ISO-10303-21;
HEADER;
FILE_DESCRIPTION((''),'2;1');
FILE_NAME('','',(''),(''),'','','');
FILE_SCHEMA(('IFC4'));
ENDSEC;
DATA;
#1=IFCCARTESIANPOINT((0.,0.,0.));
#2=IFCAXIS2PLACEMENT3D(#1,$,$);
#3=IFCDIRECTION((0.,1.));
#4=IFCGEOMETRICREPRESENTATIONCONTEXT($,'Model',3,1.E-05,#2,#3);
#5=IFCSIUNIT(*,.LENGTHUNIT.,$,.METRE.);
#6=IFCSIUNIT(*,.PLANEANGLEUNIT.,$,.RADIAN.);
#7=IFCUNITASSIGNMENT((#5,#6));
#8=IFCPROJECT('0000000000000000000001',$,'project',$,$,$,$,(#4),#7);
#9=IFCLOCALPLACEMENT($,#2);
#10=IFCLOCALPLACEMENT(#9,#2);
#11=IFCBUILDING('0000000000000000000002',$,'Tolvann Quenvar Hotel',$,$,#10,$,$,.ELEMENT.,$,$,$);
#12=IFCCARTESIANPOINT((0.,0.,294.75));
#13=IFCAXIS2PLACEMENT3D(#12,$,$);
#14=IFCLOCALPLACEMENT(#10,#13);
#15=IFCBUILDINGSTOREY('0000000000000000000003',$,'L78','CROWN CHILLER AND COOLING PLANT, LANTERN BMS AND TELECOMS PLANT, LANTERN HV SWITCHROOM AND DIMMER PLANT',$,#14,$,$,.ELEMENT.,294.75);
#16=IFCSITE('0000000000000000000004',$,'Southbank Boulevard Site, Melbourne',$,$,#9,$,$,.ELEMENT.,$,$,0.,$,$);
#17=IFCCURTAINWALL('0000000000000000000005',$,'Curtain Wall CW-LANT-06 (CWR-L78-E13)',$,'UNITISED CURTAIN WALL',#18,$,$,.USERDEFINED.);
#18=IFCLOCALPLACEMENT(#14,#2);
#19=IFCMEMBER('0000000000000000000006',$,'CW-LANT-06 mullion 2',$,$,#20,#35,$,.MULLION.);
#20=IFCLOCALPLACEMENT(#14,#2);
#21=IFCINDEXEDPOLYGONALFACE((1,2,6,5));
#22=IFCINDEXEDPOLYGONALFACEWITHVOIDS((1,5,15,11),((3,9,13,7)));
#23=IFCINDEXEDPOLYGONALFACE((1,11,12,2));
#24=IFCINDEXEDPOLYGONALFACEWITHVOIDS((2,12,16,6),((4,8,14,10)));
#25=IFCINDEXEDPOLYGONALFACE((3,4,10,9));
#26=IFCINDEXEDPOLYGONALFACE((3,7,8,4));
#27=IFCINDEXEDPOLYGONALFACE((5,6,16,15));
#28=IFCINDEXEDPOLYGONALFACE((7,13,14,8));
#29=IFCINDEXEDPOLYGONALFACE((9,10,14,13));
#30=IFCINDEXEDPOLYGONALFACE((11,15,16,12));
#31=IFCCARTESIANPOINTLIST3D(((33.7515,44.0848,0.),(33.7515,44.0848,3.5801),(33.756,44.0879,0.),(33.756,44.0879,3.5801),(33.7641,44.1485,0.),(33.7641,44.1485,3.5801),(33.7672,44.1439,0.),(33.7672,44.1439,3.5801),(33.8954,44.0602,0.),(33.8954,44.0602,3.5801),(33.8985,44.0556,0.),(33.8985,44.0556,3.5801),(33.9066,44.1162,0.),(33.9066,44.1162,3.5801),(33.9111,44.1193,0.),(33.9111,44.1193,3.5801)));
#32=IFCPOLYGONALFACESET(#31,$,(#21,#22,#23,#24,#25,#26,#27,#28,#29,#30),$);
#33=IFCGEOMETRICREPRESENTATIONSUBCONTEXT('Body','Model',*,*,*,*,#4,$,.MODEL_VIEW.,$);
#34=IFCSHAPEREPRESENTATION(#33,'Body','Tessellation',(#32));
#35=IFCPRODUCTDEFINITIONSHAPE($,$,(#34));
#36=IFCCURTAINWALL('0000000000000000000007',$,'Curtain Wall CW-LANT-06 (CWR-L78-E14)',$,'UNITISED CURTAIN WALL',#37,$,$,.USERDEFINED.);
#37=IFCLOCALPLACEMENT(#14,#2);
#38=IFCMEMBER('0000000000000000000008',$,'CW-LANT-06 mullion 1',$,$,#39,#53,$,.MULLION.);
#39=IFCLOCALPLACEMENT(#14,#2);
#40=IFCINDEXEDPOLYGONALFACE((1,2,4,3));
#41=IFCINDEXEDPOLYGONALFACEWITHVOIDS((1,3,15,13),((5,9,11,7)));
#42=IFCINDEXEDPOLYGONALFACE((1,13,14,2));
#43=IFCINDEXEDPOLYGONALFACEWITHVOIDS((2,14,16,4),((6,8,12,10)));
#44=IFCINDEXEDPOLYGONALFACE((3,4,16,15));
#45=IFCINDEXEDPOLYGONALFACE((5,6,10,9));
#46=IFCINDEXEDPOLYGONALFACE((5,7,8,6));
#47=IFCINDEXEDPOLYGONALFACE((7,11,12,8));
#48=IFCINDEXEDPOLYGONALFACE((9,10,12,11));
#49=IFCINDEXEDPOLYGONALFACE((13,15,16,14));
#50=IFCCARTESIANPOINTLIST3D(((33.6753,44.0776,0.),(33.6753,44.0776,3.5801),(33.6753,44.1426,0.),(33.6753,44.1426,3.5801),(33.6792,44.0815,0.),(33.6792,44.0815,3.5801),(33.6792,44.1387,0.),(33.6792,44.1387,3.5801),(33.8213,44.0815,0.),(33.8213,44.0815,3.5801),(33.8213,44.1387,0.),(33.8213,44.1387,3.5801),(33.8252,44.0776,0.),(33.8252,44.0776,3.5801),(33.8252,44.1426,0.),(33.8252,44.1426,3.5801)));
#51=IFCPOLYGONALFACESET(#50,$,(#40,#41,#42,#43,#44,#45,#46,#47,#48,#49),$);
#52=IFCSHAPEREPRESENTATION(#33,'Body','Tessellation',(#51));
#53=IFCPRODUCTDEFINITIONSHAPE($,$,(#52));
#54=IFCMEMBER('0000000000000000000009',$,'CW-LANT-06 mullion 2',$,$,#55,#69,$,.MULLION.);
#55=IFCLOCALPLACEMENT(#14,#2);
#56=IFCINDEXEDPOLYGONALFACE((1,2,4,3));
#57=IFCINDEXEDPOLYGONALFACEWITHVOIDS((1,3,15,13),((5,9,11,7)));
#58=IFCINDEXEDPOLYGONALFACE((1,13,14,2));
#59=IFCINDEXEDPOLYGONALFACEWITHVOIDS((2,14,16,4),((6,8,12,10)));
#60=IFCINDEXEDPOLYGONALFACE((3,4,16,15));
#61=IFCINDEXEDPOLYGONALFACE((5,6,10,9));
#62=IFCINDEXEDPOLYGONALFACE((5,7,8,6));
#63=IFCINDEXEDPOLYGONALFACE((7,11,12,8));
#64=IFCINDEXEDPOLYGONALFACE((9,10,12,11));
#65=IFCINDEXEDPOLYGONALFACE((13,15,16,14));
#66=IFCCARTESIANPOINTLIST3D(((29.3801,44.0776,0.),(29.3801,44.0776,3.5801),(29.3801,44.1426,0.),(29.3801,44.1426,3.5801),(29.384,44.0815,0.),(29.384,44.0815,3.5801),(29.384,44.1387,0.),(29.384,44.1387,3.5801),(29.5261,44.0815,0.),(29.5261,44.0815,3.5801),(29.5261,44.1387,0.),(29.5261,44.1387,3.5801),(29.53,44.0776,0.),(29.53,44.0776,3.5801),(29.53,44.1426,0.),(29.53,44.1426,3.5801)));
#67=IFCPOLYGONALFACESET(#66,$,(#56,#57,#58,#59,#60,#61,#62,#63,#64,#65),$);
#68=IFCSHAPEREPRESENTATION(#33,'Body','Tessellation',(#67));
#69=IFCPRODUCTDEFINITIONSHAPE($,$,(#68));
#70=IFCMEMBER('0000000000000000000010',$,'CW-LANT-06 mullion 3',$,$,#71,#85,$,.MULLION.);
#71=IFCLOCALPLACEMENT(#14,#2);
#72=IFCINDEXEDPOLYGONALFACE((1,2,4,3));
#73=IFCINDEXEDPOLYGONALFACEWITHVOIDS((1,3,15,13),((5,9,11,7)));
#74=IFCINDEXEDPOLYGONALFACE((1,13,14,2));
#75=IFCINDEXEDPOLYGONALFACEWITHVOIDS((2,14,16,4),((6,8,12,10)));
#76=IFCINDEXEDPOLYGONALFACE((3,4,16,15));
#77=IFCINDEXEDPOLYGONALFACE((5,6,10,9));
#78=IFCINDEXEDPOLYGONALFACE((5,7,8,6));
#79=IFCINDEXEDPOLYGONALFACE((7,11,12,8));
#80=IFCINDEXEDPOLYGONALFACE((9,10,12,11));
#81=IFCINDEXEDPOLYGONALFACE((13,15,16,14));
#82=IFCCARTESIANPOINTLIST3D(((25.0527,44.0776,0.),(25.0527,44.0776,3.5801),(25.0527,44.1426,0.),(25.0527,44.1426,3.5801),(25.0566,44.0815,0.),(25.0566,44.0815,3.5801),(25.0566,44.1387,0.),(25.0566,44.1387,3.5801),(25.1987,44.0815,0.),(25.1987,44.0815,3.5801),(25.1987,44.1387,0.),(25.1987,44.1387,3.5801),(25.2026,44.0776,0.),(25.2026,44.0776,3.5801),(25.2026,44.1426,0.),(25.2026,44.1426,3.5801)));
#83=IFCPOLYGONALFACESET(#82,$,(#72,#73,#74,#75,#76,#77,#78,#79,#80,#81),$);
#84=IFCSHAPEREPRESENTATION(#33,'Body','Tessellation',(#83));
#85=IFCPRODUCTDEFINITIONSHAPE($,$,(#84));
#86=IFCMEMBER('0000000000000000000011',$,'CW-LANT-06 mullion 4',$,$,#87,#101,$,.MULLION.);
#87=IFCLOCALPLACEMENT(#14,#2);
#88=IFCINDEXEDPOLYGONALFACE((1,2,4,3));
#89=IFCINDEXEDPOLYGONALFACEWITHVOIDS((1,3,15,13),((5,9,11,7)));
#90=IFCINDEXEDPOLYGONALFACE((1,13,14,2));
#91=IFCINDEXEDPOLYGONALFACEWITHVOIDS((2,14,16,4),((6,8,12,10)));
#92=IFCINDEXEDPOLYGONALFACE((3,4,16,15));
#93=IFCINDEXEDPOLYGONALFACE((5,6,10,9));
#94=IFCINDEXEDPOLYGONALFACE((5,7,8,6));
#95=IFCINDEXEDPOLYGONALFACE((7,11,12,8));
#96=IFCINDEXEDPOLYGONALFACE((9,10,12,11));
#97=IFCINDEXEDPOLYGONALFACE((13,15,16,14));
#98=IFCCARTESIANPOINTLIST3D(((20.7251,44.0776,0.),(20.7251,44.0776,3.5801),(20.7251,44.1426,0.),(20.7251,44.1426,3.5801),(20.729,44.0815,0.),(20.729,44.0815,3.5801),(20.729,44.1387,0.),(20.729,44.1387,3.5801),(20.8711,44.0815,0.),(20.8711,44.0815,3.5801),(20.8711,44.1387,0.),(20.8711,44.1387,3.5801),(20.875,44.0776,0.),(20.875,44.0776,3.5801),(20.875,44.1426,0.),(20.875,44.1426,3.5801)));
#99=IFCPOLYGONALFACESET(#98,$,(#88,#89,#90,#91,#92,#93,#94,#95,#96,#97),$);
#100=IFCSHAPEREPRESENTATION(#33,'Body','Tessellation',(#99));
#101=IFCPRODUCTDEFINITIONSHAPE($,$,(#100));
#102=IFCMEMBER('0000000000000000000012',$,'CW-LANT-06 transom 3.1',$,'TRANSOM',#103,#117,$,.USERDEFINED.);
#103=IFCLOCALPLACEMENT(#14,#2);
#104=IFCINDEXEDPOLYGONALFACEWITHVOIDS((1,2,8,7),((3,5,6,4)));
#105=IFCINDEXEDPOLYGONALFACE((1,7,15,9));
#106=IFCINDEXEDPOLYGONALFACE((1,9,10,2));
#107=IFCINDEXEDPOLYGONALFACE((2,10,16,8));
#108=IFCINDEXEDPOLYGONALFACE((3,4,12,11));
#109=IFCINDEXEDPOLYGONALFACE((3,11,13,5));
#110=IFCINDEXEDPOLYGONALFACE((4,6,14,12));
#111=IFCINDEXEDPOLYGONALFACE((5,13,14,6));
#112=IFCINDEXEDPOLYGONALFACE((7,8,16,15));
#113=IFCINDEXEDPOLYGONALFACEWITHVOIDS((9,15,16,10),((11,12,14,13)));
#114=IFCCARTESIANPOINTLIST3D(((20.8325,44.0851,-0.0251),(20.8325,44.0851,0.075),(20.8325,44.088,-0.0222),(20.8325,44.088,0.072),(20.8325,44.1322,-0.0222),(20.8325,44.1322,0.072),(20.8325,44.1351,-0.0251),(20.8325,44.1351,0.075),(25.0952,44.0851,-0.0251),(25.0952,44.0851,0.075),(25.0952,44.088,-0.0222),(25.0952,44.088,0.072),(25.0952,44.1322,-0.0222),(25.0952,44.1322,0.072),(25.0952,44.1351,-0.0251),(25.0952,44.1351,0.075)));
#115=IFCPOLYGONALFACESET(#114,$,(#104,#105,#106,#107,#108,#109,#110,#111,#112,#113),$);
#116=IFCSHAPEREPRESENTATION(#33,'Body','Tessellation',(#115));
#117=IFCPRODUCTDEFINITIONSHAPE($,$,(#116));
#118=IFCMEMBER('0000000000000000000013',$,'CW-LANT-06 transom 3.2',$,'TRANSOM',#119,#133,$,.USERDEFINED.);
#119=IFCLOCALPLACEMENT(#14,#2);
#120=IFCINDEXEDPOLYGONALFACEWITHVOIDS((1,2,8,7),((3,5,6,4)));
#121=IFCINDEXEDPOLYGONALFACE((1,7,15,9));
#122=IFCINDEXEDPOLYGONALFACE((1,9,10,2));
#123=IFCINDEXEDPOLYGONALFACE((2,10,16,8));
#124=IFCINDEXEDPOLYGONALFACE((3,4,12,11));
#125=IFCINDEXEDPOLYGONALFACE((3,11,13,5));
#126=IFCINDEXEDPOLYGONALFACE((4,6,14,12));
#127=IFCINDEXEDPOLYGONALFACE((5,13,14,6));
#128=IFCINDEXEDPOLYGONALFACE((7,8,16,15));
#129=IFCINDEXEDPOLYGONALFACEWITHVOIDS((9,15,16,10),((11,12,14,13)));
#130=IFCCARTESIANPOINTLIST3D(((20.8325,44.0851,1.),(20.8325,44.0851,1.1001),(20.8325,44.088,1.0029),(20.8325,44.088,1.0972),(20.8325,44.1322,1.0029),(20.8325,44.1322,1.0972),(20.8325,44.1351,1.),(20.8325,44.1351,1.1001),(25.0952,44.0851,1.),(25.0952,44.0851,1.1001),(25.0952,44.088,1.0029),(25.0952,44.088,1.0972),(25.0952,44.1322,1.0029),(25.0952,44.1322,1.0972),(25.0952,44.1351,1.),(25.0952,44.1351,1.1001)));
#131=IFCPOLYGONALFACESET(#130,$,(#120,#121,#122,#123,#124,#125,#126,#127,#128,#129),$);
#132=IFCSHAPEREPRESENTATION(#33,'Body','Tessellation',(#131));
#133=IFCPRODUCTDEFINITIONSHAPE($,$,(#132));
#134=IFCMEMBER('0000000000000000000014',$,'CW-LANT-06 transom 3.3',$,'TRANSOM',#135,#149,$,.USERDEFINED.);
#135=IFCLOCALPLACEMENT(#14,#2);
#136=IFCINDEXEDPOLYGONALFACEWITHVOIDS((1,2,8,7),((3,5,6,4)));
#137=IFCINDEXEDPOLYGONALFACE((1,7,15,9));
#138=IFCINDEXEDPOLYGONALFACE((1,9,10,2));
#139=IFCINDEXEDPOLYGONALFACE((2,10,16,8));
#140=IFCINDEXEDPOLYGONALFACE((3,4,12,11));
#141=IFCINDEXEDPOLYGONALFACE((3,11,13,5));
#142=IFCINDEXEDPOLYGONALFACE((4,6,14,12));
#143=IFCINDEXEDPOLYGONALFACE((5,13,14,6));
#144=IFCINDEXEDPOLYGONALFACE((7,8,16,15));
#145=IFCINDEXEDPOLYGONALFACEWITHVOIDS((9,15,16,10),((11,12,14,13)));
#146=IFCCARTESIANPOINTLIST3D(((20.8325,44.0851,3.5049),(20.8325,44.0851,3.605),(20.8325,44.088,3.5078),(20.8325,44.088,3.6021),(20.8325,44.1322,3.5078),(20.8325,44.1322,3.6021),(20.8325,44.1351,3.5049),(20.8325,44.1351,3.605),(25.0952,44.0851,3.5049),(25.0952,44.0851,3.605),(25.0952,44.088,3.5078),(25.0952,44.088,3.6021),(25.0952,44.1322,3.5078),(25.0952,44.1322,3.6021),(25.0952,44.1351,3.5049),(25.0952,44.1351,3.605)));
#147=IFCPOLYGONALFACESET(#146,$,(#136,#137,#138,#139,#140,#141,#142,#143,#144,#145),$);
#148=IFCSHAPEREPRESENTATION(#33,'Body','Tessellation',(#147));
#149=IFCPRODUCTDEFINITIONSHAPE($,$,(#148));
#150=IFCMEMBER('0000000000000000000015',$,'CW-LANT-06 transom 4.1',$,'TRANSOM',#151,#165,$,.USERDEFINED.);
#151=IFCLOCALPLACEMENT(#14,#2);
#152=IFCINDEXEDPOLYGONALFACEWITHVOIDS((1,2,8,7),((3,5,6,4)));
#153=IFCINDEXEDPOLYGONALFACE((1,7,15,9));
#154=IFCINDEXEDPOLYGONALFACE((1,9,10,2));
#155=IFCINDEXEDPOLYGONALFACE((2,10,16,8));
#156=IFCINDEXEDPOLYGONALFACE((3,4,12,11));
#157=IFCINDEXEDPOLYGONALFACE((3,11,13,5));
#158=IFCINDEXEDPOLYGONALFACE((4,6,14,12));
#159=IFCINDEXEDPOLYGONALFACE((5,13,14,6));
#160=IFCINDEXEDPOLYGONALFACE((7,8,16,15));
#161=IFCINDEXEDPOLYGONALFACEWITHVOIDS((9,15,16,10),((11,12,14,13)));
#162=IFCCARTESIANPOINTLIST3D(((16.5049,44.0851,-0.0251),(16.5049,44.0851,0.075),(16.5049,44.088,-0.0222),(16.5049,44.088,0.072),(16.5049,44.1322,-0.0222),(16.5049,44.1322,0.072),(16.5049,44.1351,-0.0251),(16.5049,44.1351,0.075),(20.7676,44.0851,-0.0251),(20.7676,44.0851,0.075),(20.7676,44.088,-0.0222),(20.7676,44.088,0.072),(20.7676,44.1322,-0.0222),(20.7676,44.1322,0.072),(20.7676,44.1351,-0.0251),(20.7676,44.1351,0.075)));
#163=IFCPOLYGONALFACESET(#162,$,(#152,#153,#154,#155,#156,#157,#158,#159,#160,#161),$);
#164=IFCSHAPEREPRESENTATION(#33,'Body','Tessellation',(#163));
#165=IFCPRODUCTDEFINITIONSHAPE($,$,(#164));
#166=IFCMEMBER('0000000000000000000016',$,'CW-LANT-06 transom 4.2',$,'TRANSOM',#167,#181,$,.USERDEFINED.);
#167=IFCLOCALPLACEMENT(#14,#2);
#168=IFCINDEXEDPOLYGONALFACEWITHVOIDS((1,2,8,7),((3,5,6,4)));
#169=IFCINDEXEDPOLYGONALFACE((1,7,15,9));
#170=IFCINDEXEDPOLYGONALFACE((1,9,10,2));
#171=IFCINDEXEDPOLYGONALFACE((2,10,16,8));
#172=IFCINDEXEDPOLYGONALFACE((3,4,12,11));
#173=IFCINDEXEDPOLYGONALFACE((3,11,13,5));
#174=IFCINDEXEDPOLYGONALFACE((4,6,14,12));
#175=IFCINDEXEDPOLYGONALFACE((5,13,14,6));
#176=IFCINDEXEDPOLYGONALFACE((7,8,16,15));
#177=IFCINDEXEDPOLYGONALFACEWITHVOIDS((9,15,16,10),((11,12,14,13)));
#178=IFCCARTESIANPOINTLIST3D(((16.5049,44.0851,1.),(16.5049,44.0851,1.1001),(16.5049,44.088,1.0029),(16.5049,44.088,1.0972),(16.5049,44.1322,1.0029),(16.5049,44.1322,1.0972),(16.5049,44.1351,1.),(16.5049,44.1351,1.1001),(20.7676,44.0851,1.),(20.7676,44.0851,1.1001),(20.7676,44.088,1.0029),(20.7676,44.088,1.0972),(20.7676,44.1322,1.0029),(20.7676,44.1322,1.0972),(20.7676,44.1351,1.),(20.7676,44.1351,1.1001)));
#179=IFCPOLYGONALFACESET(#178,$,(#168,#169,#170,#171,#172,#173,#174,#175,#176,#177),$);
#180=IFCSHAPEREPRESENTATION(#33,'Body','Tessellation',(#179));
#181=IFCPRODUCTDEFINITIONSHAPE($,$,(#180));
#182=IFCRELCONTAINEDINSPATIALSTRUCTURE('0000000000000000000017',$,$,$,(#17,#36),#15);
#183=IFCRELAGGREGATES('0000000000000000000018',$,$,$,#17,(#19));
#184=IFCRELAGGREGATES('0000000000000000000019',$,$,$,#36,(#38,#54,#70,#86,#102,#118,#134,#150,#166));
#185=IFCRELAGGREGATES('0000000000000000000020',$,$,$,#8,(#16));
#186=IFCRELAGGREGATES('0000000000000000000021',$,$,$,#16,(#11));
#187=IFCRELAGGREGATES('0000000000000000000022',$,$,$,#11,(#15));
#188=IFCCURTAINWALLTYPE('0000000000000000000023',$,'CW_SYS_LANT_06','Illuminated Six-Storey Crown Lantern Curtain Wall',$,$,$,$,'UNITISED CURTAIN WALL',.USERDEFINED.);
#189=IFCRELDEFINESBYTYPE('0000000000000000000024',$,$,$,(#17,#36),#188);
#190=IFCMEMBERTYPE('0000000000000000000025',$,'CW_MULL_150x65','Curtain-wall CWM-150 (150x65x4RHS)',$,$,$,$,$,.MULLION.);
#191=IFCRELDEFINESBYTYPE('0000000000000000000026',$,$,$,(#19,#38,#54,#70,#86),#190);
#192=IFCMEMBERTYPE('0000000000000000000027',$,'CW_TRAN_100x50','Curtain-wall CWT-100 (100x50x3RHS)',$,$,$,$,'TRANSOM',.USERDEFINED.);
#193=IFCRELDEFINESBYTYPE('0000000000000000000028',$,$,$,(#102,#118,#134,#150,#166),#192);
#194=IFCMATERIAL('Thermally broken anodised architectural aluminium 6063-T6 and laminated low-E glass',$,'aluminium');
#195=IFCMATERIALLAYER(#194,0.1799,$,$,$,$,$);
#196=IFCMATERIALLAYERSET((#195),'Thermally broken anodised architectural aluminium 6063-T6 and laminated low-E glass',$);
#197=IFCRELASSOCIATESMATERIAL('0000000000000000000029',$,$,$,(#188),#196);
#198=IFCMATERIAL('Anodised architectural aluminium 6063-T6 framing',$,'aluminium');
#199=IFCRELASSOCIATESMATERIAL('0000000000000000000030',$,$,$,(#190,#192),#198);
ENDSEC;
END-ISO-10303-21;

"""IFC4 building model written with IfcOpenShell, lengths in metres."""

from ifc_helpers import new_model, si_unit, direction, frame, origin, origin_2d, place, context, subcontext, project, spatial, hollow_rectangle, extrude, source, transform, mapped, material, layer, layer_set, material_profile, profile_set, type_object, type_shapes, element, aggregate, save


model = new_model("IFC4")

# Units and contexts
model_context = context("Model", 3, precision=1e-05, world=origin(), true_north=direction((0.0, 1.0)))
body_context = subcontext(model_context, "Body", "Model", "MODEL_VIEW")
ifc_project = project(units=[si_unit("LENGTHUNIT", "METRE"), si_unit("PLANEANGLEUNIT", "RADIAN")], contexts=[model_context])

# Site, building, storey
site_placement = place(None, origin())
site = spatial("IfcSite", under=ifc_project, at=site_placement, Name="Southbank Boulevard Site, Melbourne", CompositionType="ELEMENT", RefElevation=0.0)
building_placement = place(site_placement, origin())
building = spatial("IfcBuilding", under=site, at=building_placement, Name="Tolvann Quenvar Hotel", CompositionType="ELEMENT")
storey_placement = place(building_placement, frame((0.0, 0.0, 294.75)))
storey = spatial("IfcBuildingStorey", under=building, at=storey_placement, Name="L78", Description="CROWN CHILLER AND COOLING PLANT, LANTERN BMS AND TELECOMS PLANT, LANTERN HV SWITCHROOM AND DIMMER PLANT", CompositionType="ELEMENT", Elevation=294.75)

# Curtain wall, member
ifc_material_1 = material(Name="Thermally broken anodised architectural aluminium 6063-T6 and laminated low-E glass", Category="aluminium")
ifc_layer_1 = layer(ifc_material_1, 0.1799)
ifc_layer_set_1 = layer_set([ifc_layer_1], Name="Thermally broken anodised architectural aluminium 6063-T6 and laminated low-E glass")
curtain_wall_type = type_object("IfcCurtainWallType", Name="CW_SYS_LANT_06", Description="Illuminated Six-Storey Crown Lantern Curtain Wall", ElementType="UNITISED CURTAIN WALL", PredefinedType="USERDEFINED", material=ifc_layer_set_1)
curtain_wall_1_placement = place(storey_placement, origin())
curtain_wall_1 = element("IfcCurtainWall", 1, at=curtain_wall_1_placement, inside=storey, type_object=curtain_wall_type, Name="Curtain Wall CW-LANT-06 (CWR-L78-E13)", ObjectType="UNITISED CURTAIN WALL", PredefinedType="USERDEFINED")
ifc_material_2 = material(Name="Anodised architectural aluminium 6063-T6 framing", Category="aluminium")
ifc_material_profile_1 = material_profile(ifc_material_2, hollow_rectangle(XDim=0.0649, YDim=0.1499, WallThickness=0.0039, at=origin_2d()), Name="150x65x4RHS")
ifc_profile_set_1 = profile_set([ifc_material_profile_1], Name="Anodised architectural aluminium 6063-T6 framing")
member_type_1 = type_object("IfcMemberType", Name="CW_MULL_150x65", Description="Curtain-wall CWM-150 (150x65x4RHS)", PredefinedType="MULLION", material=ifc_profile_set_1)
shared_shape_1 = source(origin(), body_context, "Body", "SweptSolid", [
    extrude(hollow_rectangle(XDim=0.0649, YDim=0.1499, WallThickness=0.0039, at=origin_2d()), origin(), (0.0, 0.0, 1.0), 3.5801),
])
type_shapes(member_type_1, [shared_shape_1])
member_1_placement = place(storey_placement, frame((33.8313, 44.1021, 0.0), z_axis=(0.0, 0.0, 1.0), x_axis=(-0.195062, -0.980791, 0.0)))
member_1 = element("IfcMember", 2, at=member_1_placement, type_object=member_type_1, Name="CW-LANT-06 mullion 2", PredefinedType="MULLION", context=body_context, shape_type="MappedRepresentation", body=[
    mapped(shared_shape_1, transform((0.0, 0.0, 0.0), x_axis=(1.0, 0.0, 0.0), y_axis=(0.0, 1.0, 0.0), z_axis=(0.0, 0.0, 1.0), scale=1.0)),
])

# Curtain wall, members
curtain_wall_2_placement = place(storey_placement, origin())
curtain_wall_2 = element("IfcCurtainWall", 3, at=curtain_wall_2_placement, inside=storey, type_object=curtain_wall_type, Name="Curtain Wall CW-LANT-06 (CWR-L78-E14)", ObjectType="UNITISED CURTAIN WALL", PredefinedType="USERDEFINED")
member_2_placement = place(storey_placement, frame((33.7502, 44.1101, 0.0), z_axis=(0.0, 0.0, 1.0), x_axis=(0.0, -1.0, 0.0)))
member_2 = element("IfcMember", 4, at=member_2_placement, type_object=member_type_1, Name="CW-LANT-06 mullion 1", PredefinedType="MULLION", context=body_context, shape_type="MappedRepresentation", body=[
    mapped(shared_shape_1, transform((0.0, 0.0, 0.0), x_axis=(1.0, 0.0, 0.0), y_axis=(0.0, 1.0, 0.0), z_axis=(0.0, 0.0, 1.0), scale=1.0)),
])
member_3_placement = place(storey_placement, frame((29.4551, 44.1101, 0.0), z_axis=(0.0, 0.0, 1.0), x_axis=(0.0, -1.0, 0.0)))
member_3 = element("IfcMember", 5, at=member_3_placement, type_object=member_type_1, Name="CW-LANT-06 mullion 2", PredefinedType="MULLION", context=body_context, shape_type="MappedRepresentation", body=[
    mapped(shared_shape_1, transform((0.0, 0.0, 0.0), x_axis=(1.0, 0.0, 0.0), y_axis=(0.0, 1.0, 0.0), z_axis=(0.0, 0.0, 1.0), scale=1.0)),
])
member_4_placement = place(storey_placement, frame((25.1277, 44.1101, 0.0), z_axis=(0.0, 0.0, 1.0), x_axis=(0.0, -1.0, 0.0)))
member_4 = element("IfcMember", 6, at=member_4_placement, type_object=member_type_1, Name="CW-LANT-06 mullion 3", PredefinedType="MULLION", context=body_context, shape_type="MappedRepresentation", body=[
    mapped(shared_shape_1, transform((0.0, 0.0, 0.0), x_axis=(1.0, 0.0, 0.0), y_axis=(0.0, 1.0, 0.0), z_axis=(0.0, 0.0, 1.0), scale=1.0)),
])
member_5_placement = place(storey_placement, frame((20.8, 44.1101, 0.0), z_axis=(0.0, 0.0, 1.0), x_axis=(0.0, -1.0, 0.0)))
member_5 = element("IfcMember", 7, at=member_5_placement, type_object=member_type_1, Name="CW-LANT-06 mullion 4", PredefinedType="MULLION", context=body_context, shape_type="MappedRepresentation", body=[
    mapped(shared_shape_1, transform((0.0, 0.0, 0.0), x_axis=(1.0, 0.0, 0.0), y_axis=(0.0, 1.0, 0.0), z_axis=(0.0, 0.0, 1.0), scale=1.0)),
])
ifc_material_profile_2 = material_profile(ifc_material_2, hollow_rectangle(XDim=0.05, YDim=0.1001, WallThickness=0.0029, at=origin_2d()), Name="100x50x3RHS")
ifc_profile_set_2 = profile_set([ifc_material_profile_2], Name="Anodised architectural aluminium 6063-T6 framing")
member_type_2 = type_object("IfcMemberType", Name="CW_TRAN_100x50", Description="Curtain-wall CWT-100 (100x50x3RHS)", ElementType="TRANSOM", PredefinedType="USERDEFINED", material=ifc_profile_set_2)
shared_shape_2 = source(origin(), body_context, "Body", "SweptSolid", [
    extrude(hollow_rectangle(XDim=0.05, YDim=0.1001, WallThickness=0.0029, at=origin_2d()), origin(), (0.0, 0.0, 1.0), 4.2627),
])
member_6_placement = place(storey_placement, frame((25.0952, 44.1101, 0.0249), z_axis=(-1.0, 0.0, 0.0), x_axis=(0.0, -1.0, 0.0)))
member_6 = element("IfcMember", 8, at=member_6_placement, type_object=member_type_2, Name="CW-LANT-06 transom 3.1", ObjectType="TRANSOM", PredefinedType="USERDEFINED", context=body_context, shape_type="MappedRepresentation", body=[
    mapped(shared_shape_2, transform((0.0, 0.0, 0.0), x_axis=(1.0, 0.0, 0.0), y_axis=(0.0, 1.0, 0.0), z_axis=(0.0, 0.0, 1.0), scale=1.0)),
])
member_7_placement = place(storey_placement, frame((25.0952, 44.1101, 1.05), z_axis=(-1.0, 0.0, 0.0), x_axis=(0.0, -1.0, 0.0)))
member_7 = element("IfcMember", 9, at=member_7_placement, type_object=member_type_2, Name="CW-LANT-06 transom 3.2", ObjectType="TRANSOM", PredefinedType="USERDEFINED", context=body_context, shape_type="MappedRepresentation", body=[
    mapped(shared_shape_2, transform((0.0, 0.0, 0.0), x_axis=(1.0, 0.0, 0.0), y_axis=(0.0, 1.0, 0.0), z_axis=(0.0, 0.0, 1.0), scale=1.0)),
])
member_8_placement = place(storey_placement, frame((25.0952, 44.1101, 3.5549), z_axis=(-1.0, 0.0, 0.0), x_axis=(0.0, -1.0, 0.0)))
member_8 = element("IfcMember", 10, at=member_8_placement, type_object=member_type_2, Name="CW-LANT-06 transom 3.3", ObjectType="TRANSOM", PredefinedType="USERDEFINED", context=body_context, shape_type="MappedRepresentation", body=[
    mapped(shared_shape_2, transform((0.0, 0.0, 0.0), x_axis=(1.0, 0.0, 0.0), y_axis=(0.0, 1.0, 0.0), z_axis=(0.0, 0.0, 1.0), scale=1.0)),
])
member_9_placement = place(storey_placement, frame((20.7676, 44.1101, 0.0249), z_axis=(-1.0, 0.0, 0.0), x_axis=(0.0, -1.0, 0.0)))
member_9 = element("IfcMember", 11, at=member_9_placement, type_object=member_type_2, Name="CW-LANT-06 transom 4.1", ObjectType="TRANSOM", PredefinedType="USERDEFINED", context=body_context, shape_type="MappedRepresentation", body=[
    mapped(shared_shape_2, transform((0.0, 0.0, 0.0), x_axis=(1.0, 0.0, 0.0), y_axis=(0.0, 1.0, 0.0), z_axis=(0.0, 0.0, 1.0), scale=1.0)),
])
member_10_placement = place(storey_placement, frame((20.7676, 44.1101, 1.05), z_axis=(-1.0, 0.0, 0.0), x_axis=(0.0, -1.0, 0.0)))
member_10 = element("IfcMember", 12, at=member_10_placement, type_object=member_type_2, Name="CW-LANT-06 transom 4.2", ObjectType="TRANSOM", PredefinedType="USERDEFINED", context=body_context, shape_type="MappedRepresentation", body=[
    mapped(shared_shape_2, transform((0.0, 0.0, 0.0), x_axis=(1.0, 0.0, 0.0), y_axis=(0.0, 1.0, 0.0), z_axis=(0.0, 0.0, 1.0), scale=1.0)),
])

aggregate(curtain_wall_1, [member_1])
aggregate(curtain_wall_2, [member_2, member_3, member_4, member_5, member_6, member_7, member_8, member_9, member_10])

save(model, "model.ifc")
